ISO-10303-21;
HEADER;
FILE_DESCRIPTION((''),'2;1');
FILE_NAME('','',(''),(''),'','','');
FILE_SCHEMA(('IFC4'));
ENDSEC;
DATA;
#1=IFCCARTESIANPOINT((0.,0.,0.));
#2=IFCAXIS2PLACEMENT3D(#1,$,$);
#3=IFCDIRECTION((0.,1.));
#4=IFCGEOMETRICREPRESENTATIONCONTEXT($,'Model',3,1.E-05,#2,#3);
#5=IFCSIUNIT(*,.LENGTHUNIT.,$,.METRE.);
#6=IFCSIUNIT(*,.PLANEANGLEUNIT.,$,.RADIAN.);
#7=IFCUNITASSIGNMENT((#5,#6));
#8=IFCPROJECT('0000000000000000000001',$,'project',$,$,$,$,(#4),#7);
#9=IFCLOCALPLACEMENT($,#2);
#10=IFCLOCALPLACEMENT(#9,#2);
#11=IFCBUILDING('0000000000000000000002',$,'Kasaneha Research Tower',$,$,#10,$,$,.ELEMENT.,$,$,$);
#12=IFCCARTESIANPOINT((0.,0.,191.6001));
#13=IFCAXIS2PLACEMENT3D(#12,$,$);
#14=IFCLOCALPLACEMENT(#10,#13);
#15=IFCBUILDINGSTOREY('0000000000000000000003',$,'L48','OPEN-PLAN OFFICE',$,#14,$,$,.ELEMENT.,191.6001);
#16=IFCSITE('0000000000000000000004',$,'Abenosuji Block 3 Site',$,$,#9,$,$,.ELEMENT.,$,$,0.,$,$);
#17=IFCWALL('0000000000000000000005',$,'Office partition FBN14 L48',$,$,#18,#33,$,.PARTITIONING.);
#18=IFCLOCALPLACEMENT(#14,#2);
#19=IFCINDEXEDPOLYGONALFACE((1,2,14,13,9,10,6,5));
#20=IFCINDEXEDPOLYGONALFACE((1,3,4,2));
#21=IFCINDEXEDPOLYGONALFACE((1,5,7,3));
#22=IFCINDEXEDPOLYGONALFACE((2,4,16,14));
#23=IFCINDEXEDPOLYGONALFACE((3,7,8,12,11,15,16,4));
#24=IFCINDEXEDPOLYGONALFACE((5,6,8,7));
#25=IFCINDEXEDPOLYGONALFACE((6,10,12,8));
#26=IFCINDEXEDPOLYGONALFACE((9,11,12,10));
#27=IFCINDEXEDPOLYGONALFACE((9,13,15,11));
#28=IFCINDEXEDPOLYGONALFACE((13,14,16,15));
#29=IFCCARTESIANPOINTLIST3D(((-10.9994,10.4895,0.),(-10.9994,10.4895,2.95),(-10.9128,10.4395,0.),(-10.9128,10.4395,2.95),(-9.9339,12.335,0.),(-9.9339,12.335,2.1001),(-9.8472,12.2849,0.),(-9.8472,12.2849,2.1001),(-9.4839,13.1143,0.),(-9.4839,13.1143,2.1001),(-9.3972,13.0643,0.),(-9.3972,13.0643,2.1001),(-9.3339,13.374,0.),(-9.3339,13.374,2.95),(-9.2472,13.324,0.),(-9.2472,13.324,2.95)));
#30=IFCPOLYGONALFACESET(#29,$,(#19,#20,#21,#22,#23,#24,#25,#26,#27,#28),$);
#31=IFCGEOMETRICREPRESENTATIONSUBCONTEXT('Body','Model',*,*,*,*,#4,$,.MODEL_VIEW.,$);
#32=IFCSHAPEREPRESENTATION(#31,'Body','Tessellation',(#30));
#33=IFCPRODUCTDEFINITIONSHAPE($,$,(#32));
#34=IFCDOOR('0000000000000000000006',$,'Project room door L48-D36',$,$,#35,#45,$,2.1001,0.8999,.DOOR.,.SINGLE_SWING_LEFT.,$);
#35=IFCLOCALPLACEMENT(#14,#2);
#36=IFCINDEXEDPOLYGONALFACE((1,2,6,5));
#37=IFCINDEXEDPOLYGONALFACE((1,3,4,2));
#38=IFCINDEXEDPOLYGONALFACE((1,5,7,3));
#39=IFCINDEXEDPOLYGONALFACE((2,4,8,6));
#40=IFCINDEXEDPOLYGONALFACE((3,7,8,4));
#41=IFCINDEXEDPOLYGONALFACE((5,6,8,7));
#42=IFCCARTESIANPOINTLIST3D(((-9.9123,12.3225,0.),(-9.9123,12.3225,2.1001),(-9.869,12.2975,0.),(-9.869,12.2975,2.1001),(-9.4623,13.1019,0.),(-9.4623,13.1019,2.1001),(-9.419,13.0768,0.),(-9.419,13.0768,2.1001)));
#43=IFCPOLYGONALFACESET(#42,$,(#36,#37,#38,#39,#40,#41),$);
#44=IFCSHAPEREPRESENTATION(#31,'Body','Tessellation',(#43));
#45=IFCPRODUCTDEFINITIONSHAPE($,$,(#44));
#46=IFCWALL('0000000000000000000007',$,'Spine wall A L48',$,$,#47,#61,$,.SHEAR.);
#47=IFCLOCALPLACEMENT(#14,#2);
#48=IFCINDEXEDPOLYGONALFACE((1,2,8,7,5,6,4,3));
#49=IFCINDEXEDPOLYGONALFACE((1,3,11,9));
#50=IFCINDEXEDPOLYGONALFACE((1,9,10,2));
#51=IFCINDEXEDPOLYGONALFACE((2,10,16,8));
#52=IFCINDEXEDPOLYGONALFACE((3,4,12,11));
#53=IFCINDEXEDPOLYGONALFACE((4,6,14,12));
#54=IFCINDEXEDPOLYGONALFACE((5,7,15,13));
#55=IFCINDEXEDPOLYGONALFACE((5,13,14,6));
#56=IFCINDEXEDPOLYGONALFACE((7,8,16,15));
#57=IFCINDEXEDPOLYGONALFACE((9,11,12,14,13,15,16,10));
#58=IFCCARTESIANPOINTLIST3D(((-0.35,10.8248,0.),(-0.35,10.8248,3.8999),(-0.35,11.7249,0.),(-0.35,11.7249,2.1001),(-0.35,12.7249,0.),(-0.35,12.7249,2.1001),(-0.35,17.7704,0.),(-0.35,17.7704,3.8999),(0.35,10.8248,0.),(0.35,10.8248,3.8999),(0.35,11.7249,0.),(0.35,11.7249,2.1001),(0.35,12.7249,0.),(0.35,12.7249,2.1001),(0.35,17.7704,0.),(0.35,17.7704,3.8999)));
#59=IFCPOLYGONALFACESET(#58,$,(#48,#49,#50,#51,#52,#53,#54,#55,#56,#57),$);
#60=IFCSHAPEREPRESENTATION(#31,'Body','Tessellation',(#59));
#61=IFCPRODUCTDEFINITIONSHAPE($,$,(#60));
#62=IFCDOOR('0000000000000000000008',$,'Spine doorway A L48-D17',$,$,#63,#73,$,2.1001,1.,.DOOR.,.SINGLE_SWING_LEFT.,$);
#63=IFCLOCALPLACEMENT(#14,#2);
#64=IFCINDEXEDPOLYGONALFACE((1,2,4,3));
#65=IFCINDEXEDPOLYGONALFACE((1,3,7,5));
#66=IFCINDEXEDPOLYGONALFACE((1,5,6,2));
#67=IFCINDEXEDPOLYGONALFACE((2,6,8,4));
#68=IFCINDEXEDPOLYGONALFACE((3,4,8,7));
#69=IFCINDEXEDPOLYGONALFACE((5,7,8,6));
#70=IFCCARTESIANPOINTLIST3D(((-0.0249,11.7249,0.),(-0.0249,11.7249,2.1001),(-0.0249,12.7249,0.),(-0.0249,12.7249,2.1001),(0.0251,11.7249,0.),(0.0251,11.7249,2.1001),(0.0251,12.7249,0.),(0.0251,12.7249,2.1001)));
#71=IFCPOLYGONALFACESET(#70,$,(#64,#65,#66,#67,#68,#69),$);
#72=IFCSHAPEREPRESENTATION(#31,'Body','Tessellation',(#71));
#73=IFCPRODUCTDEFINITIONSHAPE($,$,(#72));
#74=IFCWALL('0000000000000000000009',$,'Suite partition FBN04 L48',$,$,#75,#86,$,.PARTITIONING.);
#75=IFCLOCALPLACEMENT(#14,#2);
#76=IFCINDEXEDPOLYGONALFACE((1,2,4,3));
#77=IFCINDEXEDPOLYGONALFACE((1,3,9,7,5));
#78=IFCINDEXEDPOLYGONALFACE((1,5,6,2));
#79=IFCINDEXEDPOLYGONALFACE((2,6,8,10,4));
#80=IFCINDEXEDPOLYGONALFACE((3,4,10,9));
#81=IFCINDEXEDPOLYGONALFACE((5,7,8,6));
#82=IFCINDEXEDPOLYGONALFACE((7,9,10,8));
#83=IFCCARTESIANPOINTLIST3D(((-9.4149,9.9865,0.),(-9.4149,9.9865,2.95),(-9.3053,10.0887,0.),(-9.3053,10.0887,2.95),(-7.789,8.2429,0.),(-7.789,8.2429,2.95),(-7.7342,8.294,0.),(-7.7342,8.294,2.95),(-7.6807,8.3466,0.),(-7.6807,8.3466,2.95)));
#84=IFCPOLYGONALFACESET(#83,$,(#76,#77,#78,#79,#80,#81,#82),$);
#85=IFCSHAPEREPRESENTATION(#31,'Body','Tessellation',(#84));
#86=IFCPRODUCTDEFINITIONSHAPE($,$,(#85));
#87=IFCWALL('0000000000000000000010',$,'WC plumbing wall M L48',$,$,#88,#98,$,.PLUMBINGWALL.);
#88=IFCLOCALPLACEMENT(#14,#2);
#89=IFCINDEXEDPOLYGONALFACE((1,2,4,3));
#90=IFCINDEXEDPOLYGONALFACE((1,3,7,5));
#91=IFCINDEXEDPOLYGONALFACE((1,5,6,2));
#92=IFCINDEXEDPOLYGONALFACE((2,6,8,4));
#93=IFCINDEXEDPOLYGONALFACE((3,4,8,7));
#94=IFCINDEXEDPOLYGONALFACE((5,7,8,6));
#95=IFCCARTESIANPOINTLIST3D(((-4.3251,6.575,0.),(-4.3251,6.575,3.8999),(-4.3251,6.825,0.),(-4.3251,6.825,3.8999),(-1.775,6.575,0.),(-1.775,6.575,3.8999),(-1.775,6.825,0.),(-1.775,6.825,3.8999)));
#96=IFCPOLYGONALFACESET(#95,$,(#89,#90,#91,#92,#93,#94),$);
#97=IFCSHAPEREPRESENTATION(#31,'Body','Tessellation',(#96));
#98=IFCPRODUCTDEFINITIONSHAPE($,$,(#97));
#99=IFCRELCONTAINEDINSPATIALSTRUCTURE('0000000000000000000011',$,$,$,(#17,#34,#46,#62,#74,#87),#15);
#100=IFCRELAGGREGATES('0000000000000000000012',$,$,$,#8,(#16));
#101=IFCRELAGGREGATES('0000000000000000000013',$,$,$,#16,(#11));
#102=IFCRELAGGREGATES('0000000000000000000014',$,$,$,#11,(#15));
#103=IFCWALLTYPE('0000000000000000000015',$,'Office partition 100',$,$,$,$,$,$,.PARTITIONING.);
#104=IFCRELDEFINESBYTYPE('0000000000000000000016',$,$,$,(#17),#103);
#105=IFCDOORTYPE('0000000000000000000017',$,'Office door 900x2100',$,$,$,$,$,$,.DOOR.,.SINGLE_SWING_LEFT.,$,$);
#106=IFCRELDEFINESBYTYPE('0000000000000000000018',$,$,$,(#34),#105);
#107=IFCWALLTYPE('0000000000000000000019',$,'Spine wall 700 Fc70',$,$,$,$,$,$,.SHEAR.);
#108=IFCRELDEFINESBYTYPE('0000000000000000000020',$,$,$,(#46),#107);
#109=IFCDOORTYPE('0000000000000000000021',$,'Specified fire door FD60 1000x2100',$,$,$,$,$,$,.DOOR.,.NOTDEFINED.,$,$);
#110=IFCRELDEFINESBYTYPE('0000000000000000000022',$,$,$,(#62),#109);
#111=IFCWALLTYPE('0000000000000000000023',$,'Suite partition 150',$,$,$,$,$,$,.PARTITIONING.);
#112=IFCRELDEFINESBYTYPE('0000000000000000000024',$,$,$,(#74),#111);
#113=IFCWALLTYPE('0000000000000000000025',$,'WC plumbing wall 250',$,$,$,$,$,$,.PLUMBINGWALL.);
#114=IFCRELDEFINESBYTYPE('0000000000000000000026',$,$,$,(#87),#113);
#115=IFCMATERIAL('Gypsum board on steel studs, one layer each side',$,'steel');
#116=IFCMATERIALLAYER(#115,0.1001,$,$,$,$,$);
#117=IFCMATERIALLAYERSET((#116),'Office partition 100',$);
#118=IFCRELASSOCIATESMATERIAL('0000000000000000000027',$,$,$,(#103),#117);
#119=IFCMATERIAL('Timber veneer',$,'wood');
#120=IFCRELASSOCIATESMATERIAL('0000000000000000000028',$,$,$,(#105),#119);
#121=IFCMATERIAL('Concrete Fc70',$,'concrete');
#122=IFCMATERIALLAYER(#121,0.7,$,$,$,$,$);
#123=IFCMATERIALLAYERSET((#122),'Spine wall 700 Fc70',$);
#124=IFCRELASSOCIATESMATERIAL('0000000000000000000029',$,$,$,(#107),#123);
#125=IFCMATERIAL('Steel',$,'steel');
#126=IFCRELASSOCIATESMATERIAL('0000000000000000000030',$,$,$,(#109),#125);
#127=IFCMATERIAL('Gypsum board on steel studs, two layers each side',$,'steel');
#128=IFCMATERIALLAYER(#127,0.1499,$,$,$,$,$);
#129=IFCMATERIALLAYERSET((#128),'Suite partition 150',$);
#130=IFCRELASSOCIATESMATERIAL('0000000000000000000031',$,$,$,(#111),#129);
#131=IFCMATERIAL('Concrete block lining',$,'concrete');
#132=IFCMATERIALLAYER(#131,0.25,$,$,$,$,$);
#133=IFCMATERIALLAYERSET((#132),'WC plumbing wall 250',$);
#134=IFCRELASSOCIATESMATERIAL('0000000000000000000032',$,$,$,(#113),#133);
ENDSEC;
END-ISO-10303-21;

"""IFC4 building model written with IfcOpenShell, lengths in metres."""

from ifc_helpers import new_model, si_unit, direction, frame, frame_2d, origin, place, context, subcontext, project, spatial, polyline, rectangle, outline, extrude, material, layer, layer_set, type_object, element, fill, save


model = new_model("IFC4")

# Units and contexts
model_context = context("Model", 3, precision=1e-05, world=origin(), true_north=direction((0.0, 1.0)))
body_context = subcontext(model_context, "Body", "Model", "MODEL_VIEW")
ifc_project = project(units=[si_unit("LENGTHUNIT", "METRE"), si_unit("PLANEANGLEUNIT", "RADIAN")], contexts=[model_context])

# Site, building, storey
site_placement = place(None, origin())
site = spatial("IfcSite", under=ifc_project, at=site_placement, Name="Abenosuji Block 3 Site", CompositionType="ELEMENT", RefElevation=0.0)
building_placement = place(site_placement, origin())
building = spatial("IfcBuilding", under=site, at=building_placement, Name="Kasaneha Research Tower", CompositionType="ELEMENT")
storey_placement = place(building_placement, frame((0.0, 0.0, 191.6001)))
storey = spatial("IfcBuildingStorey", under=building, at=storey_placement, Name="L48", Description="OPEN-PLAN OFFICE", CompositionType="ELEMENT", Elevation=191.6001)

# Shared definitions
ifc_material_1 = material(Name="Gypsum board on steel studs, one layer each side", Category="steel")
ifc_layer_1 = layer(ifc_material_1, 0.1001)
ifc_layer_set_1 = layer_set([ifc_layer_1], Name="Office partition 100")
wall_type_1 = type_object("IfcWallType", Name="Office partition 100", PredefinedType="PARTITIONING", material=ifc_layer_set_1)

# Walls, openings, doors
wall_1_placement = place(storey_placement, frame((-9.2905, 13.3491, 0.0), z_axis=(0.0, 0.0, 1.0), x_axis=(-0.500033, -0.866006, 0.0)))
wall_1 = element("IfcWall", 1, at=wall_1_placement, inside=storey, type_object=wall_type_1, Name="Office partition FBN14 L48", PredefinedType="PARTITIONING", context=body_context, shape_type="SweptSolid", body=[
    extrude(rectangle(XDim=3.3308, YDim=0.1001, at=frame_2d((1.6655, 0.0))), origin(), (0.0, 0.0, 1.0), 2.95),
])
opening_1_placement = place(wall_1_placement, frame((0.3, 0.0, 0.0)))
opening_1 = element("IfcOpeningElement", 2, at=opening_1_placement, cuts=wall_1, PredefinedType="OPENING", context=body_context, shape_type="SweptSolid", body=[
    extrude(rectangle(XDim=0.8999, YDim=2.1001, at=frame_2d((0.45, 1.05))), frame((0.0, 0.0601, 0.0), z_axis=(0.0, -1.0, 0.0), x_axis=(1.0, 0.0, 0.0)), (0.0, 0.0, 1.0), 0.1201),
])
ifc_material_2 = material(Name="Timber veneer", Category="wood")
door_type_1 = type_object("IfcDoorType", Name="Office door 900x2100", OperationType="SINGLE_SWING_LEFT", PredefinedType="DOOR", material=ifc_material_2)
door_1_placement = place(opening_1_placement, origin())
door_1 = element("IfcDoor", 3, at=door_1_placement, inside=storey, type_object=door_type_1, Name="Project room door L48-D36", OperationType="SINGLE_SWING_LEFT", OverallHeight=2.1001, OverallWidth=0.8999, PredefinedType="DOOR", context=body_context, shape_type="SweptSolid", body=[
    extrude(rectangle(XDim=0.8999, YDim=2.1001, at=frame_2d((0.45, 1.05))), frame((0.0, 0.0249, 0.0), z_axis=(0.0, -1.0, 0.0), x_axis=(1.0, 0.0, 0.0)), (0.0, 0.0, 1.0), 0.05),
])
fill(opening_1, door_1)
ifc_material_3 = material(Name="Concrete Fc70", Category="concrete")
ifc_layer_2 = layer(ifc_material_3, 0.7)
ifc_layer_set_2 = layer_set([ifc_layer_2], Name="Spine wall 700 Fc70")
wall_type_2 = type_object("IfcWallType", Name="Spine wall 700 Fc70", PredefinedType="SHEAR", material=ifc_layer_set_2)
wall_2_placement = place(storey_placement, frame((0.0, 10.825, 0.0), z_axis=(0.0, 0.0, 1.0), x_axis=(0.0, 1.0, 0.0)))
wall_2 = element("IfcWall", 4, at=wall_2_placement, inside=storey, type_object=wall_type_2, Name="Spine wall A L48", PredefinedType="SHEAR", context=body_context, shape_type="SweptSolid", body=[
    extrude(rectangle(XDim=6.9456, YDim=0.7, at=frame_2d((3.4727, 0.0))), origin(), (0.0, 0.0, 1.0), 3.8999),
])
opening_2_placement = place(wall_2_placement, frame((0.8999, 0.0, 0.0)))
opening_2 = element("IfcOpeningElement", 5, at=opening_2_placement, cuts=wall_2, PredefinedType="OPENING", context=body_context, shape_type="SweptSolid", body=[
    extrude(rectangle(XDim=1.0, YDim=2.1001, at=frame_2d((0.5, 1.05))), frame((0.0, 0.3599, 0.0), z_axis=(0.0, -1.0, 0.0), x_axis=(1.0, 0.0, 0.0)), (0.0, 0.0, 1.0), 0.72),
])
ifc_material_4 = material(Name="Steel", Category="steel")
door_type_2 = type_object("IfcDoorType", Name="Specified fire door FD60 1000x2100", OperationType="NOTDEFINED", PredefinedType="DOOR", material=ifc_material_4)
door_2_placement = place(opening_2_placement, origin())
door_2 = element("IfcDoor", 6, at=door_2_placement, inside=storey, type_object=door_type_2, Name="Spine doorway A L48-D17", OperationType="SINGLE_SWING_LEFT", OverallHeight=2.1001, OverallWidth=1.0, PredefinedType="DOOR", context=body_context, shape_type="SweptSolid", body=[
    extrude(rectangle(XDim=1.0, YDim=2.1001, at=frame_2d((0.5, 1.05))), frame((0.0, 0.0249, 0.0), z_axis=(0.0, -1.0, 0.0), x_axis=(1.0, 0.0, 0.0)), (0.0, 0.0, 1.0), 0.05),
])
fill(opening_2, door_2)

# Walls
ifc_material_5 = material(Name="Gypsum board on steel studs, two layers each side", Category="steel")
ifc_layer_3 = layer(ifc_material_5, 0.1499)
ifc_layer_set_3 = layer_set([ifc_layer_3], Name="Suite partition 150")
wall_type_3 = type_object("IfcWallType", Name="Suite partition 150", PredefinedType="PARTITIONING", material=ifc_layer_set_3)
wall_3_placement = place(storey_placement, frame((-9.3601, 10.0376, 0.0), z_axis=(0.0, 0.0, 1.0), x_axis=(0.681997, -0.731355, 0.0)))
element("IfcWall", 7, at=wall_3_placement, inside=storey, type_object=wall_type_3, Name="Suite partition FBN04 L48", PredefinedType="PARTITIONING", context=body_context, shape_type="SweptSolid", body=[
    extrude(outline(polyline([(0.0, -0.075), (2.384, -0.075), (2.384, 0.0), (2.3821, 0.075), (0.0, 0.075), (0.0, -0.075)])), origin(), (0.0, 0.0, 1.0), 2.95),
])
ifc_material_6 = material(Name="Concrete block lining", Category="concrete")
ifc_layer_4 = layer(ifc_material_6, 0.25)
ifc_layer_set_4 = layer_set([ifc_layer_4], Name="WC plumbing wall 250")
wall_type_4 = type_object("IfcWallType", Name="WC plumbing wall 250", PredefinedType="PLUMBINGWALL", material=ifc_layer_set_4)
wall_4_placement = place(storey_placement, frame((-4.325, 6.7, 0.0), z_axis=(0.0, 0.0, 1.0), x_axis=(1.0, 0.0, 0.0)))
element("IfcWall", 8, at=wall_4_placement, inside=storey, type_object=wall_type_4, Name="WC plumbing wall M L48", PredefinedType="PLUMBINGWALL", context=body_context, shape_type="SweptSolid", body=[
    extrude(rectangle(XDim=2.55, YDim=0.25, at=frame_2d((1.2749, 0.0))), origin(), (0.0, 0.0, 1.0), 3.8999),
])

save(model, "model.ifc")
